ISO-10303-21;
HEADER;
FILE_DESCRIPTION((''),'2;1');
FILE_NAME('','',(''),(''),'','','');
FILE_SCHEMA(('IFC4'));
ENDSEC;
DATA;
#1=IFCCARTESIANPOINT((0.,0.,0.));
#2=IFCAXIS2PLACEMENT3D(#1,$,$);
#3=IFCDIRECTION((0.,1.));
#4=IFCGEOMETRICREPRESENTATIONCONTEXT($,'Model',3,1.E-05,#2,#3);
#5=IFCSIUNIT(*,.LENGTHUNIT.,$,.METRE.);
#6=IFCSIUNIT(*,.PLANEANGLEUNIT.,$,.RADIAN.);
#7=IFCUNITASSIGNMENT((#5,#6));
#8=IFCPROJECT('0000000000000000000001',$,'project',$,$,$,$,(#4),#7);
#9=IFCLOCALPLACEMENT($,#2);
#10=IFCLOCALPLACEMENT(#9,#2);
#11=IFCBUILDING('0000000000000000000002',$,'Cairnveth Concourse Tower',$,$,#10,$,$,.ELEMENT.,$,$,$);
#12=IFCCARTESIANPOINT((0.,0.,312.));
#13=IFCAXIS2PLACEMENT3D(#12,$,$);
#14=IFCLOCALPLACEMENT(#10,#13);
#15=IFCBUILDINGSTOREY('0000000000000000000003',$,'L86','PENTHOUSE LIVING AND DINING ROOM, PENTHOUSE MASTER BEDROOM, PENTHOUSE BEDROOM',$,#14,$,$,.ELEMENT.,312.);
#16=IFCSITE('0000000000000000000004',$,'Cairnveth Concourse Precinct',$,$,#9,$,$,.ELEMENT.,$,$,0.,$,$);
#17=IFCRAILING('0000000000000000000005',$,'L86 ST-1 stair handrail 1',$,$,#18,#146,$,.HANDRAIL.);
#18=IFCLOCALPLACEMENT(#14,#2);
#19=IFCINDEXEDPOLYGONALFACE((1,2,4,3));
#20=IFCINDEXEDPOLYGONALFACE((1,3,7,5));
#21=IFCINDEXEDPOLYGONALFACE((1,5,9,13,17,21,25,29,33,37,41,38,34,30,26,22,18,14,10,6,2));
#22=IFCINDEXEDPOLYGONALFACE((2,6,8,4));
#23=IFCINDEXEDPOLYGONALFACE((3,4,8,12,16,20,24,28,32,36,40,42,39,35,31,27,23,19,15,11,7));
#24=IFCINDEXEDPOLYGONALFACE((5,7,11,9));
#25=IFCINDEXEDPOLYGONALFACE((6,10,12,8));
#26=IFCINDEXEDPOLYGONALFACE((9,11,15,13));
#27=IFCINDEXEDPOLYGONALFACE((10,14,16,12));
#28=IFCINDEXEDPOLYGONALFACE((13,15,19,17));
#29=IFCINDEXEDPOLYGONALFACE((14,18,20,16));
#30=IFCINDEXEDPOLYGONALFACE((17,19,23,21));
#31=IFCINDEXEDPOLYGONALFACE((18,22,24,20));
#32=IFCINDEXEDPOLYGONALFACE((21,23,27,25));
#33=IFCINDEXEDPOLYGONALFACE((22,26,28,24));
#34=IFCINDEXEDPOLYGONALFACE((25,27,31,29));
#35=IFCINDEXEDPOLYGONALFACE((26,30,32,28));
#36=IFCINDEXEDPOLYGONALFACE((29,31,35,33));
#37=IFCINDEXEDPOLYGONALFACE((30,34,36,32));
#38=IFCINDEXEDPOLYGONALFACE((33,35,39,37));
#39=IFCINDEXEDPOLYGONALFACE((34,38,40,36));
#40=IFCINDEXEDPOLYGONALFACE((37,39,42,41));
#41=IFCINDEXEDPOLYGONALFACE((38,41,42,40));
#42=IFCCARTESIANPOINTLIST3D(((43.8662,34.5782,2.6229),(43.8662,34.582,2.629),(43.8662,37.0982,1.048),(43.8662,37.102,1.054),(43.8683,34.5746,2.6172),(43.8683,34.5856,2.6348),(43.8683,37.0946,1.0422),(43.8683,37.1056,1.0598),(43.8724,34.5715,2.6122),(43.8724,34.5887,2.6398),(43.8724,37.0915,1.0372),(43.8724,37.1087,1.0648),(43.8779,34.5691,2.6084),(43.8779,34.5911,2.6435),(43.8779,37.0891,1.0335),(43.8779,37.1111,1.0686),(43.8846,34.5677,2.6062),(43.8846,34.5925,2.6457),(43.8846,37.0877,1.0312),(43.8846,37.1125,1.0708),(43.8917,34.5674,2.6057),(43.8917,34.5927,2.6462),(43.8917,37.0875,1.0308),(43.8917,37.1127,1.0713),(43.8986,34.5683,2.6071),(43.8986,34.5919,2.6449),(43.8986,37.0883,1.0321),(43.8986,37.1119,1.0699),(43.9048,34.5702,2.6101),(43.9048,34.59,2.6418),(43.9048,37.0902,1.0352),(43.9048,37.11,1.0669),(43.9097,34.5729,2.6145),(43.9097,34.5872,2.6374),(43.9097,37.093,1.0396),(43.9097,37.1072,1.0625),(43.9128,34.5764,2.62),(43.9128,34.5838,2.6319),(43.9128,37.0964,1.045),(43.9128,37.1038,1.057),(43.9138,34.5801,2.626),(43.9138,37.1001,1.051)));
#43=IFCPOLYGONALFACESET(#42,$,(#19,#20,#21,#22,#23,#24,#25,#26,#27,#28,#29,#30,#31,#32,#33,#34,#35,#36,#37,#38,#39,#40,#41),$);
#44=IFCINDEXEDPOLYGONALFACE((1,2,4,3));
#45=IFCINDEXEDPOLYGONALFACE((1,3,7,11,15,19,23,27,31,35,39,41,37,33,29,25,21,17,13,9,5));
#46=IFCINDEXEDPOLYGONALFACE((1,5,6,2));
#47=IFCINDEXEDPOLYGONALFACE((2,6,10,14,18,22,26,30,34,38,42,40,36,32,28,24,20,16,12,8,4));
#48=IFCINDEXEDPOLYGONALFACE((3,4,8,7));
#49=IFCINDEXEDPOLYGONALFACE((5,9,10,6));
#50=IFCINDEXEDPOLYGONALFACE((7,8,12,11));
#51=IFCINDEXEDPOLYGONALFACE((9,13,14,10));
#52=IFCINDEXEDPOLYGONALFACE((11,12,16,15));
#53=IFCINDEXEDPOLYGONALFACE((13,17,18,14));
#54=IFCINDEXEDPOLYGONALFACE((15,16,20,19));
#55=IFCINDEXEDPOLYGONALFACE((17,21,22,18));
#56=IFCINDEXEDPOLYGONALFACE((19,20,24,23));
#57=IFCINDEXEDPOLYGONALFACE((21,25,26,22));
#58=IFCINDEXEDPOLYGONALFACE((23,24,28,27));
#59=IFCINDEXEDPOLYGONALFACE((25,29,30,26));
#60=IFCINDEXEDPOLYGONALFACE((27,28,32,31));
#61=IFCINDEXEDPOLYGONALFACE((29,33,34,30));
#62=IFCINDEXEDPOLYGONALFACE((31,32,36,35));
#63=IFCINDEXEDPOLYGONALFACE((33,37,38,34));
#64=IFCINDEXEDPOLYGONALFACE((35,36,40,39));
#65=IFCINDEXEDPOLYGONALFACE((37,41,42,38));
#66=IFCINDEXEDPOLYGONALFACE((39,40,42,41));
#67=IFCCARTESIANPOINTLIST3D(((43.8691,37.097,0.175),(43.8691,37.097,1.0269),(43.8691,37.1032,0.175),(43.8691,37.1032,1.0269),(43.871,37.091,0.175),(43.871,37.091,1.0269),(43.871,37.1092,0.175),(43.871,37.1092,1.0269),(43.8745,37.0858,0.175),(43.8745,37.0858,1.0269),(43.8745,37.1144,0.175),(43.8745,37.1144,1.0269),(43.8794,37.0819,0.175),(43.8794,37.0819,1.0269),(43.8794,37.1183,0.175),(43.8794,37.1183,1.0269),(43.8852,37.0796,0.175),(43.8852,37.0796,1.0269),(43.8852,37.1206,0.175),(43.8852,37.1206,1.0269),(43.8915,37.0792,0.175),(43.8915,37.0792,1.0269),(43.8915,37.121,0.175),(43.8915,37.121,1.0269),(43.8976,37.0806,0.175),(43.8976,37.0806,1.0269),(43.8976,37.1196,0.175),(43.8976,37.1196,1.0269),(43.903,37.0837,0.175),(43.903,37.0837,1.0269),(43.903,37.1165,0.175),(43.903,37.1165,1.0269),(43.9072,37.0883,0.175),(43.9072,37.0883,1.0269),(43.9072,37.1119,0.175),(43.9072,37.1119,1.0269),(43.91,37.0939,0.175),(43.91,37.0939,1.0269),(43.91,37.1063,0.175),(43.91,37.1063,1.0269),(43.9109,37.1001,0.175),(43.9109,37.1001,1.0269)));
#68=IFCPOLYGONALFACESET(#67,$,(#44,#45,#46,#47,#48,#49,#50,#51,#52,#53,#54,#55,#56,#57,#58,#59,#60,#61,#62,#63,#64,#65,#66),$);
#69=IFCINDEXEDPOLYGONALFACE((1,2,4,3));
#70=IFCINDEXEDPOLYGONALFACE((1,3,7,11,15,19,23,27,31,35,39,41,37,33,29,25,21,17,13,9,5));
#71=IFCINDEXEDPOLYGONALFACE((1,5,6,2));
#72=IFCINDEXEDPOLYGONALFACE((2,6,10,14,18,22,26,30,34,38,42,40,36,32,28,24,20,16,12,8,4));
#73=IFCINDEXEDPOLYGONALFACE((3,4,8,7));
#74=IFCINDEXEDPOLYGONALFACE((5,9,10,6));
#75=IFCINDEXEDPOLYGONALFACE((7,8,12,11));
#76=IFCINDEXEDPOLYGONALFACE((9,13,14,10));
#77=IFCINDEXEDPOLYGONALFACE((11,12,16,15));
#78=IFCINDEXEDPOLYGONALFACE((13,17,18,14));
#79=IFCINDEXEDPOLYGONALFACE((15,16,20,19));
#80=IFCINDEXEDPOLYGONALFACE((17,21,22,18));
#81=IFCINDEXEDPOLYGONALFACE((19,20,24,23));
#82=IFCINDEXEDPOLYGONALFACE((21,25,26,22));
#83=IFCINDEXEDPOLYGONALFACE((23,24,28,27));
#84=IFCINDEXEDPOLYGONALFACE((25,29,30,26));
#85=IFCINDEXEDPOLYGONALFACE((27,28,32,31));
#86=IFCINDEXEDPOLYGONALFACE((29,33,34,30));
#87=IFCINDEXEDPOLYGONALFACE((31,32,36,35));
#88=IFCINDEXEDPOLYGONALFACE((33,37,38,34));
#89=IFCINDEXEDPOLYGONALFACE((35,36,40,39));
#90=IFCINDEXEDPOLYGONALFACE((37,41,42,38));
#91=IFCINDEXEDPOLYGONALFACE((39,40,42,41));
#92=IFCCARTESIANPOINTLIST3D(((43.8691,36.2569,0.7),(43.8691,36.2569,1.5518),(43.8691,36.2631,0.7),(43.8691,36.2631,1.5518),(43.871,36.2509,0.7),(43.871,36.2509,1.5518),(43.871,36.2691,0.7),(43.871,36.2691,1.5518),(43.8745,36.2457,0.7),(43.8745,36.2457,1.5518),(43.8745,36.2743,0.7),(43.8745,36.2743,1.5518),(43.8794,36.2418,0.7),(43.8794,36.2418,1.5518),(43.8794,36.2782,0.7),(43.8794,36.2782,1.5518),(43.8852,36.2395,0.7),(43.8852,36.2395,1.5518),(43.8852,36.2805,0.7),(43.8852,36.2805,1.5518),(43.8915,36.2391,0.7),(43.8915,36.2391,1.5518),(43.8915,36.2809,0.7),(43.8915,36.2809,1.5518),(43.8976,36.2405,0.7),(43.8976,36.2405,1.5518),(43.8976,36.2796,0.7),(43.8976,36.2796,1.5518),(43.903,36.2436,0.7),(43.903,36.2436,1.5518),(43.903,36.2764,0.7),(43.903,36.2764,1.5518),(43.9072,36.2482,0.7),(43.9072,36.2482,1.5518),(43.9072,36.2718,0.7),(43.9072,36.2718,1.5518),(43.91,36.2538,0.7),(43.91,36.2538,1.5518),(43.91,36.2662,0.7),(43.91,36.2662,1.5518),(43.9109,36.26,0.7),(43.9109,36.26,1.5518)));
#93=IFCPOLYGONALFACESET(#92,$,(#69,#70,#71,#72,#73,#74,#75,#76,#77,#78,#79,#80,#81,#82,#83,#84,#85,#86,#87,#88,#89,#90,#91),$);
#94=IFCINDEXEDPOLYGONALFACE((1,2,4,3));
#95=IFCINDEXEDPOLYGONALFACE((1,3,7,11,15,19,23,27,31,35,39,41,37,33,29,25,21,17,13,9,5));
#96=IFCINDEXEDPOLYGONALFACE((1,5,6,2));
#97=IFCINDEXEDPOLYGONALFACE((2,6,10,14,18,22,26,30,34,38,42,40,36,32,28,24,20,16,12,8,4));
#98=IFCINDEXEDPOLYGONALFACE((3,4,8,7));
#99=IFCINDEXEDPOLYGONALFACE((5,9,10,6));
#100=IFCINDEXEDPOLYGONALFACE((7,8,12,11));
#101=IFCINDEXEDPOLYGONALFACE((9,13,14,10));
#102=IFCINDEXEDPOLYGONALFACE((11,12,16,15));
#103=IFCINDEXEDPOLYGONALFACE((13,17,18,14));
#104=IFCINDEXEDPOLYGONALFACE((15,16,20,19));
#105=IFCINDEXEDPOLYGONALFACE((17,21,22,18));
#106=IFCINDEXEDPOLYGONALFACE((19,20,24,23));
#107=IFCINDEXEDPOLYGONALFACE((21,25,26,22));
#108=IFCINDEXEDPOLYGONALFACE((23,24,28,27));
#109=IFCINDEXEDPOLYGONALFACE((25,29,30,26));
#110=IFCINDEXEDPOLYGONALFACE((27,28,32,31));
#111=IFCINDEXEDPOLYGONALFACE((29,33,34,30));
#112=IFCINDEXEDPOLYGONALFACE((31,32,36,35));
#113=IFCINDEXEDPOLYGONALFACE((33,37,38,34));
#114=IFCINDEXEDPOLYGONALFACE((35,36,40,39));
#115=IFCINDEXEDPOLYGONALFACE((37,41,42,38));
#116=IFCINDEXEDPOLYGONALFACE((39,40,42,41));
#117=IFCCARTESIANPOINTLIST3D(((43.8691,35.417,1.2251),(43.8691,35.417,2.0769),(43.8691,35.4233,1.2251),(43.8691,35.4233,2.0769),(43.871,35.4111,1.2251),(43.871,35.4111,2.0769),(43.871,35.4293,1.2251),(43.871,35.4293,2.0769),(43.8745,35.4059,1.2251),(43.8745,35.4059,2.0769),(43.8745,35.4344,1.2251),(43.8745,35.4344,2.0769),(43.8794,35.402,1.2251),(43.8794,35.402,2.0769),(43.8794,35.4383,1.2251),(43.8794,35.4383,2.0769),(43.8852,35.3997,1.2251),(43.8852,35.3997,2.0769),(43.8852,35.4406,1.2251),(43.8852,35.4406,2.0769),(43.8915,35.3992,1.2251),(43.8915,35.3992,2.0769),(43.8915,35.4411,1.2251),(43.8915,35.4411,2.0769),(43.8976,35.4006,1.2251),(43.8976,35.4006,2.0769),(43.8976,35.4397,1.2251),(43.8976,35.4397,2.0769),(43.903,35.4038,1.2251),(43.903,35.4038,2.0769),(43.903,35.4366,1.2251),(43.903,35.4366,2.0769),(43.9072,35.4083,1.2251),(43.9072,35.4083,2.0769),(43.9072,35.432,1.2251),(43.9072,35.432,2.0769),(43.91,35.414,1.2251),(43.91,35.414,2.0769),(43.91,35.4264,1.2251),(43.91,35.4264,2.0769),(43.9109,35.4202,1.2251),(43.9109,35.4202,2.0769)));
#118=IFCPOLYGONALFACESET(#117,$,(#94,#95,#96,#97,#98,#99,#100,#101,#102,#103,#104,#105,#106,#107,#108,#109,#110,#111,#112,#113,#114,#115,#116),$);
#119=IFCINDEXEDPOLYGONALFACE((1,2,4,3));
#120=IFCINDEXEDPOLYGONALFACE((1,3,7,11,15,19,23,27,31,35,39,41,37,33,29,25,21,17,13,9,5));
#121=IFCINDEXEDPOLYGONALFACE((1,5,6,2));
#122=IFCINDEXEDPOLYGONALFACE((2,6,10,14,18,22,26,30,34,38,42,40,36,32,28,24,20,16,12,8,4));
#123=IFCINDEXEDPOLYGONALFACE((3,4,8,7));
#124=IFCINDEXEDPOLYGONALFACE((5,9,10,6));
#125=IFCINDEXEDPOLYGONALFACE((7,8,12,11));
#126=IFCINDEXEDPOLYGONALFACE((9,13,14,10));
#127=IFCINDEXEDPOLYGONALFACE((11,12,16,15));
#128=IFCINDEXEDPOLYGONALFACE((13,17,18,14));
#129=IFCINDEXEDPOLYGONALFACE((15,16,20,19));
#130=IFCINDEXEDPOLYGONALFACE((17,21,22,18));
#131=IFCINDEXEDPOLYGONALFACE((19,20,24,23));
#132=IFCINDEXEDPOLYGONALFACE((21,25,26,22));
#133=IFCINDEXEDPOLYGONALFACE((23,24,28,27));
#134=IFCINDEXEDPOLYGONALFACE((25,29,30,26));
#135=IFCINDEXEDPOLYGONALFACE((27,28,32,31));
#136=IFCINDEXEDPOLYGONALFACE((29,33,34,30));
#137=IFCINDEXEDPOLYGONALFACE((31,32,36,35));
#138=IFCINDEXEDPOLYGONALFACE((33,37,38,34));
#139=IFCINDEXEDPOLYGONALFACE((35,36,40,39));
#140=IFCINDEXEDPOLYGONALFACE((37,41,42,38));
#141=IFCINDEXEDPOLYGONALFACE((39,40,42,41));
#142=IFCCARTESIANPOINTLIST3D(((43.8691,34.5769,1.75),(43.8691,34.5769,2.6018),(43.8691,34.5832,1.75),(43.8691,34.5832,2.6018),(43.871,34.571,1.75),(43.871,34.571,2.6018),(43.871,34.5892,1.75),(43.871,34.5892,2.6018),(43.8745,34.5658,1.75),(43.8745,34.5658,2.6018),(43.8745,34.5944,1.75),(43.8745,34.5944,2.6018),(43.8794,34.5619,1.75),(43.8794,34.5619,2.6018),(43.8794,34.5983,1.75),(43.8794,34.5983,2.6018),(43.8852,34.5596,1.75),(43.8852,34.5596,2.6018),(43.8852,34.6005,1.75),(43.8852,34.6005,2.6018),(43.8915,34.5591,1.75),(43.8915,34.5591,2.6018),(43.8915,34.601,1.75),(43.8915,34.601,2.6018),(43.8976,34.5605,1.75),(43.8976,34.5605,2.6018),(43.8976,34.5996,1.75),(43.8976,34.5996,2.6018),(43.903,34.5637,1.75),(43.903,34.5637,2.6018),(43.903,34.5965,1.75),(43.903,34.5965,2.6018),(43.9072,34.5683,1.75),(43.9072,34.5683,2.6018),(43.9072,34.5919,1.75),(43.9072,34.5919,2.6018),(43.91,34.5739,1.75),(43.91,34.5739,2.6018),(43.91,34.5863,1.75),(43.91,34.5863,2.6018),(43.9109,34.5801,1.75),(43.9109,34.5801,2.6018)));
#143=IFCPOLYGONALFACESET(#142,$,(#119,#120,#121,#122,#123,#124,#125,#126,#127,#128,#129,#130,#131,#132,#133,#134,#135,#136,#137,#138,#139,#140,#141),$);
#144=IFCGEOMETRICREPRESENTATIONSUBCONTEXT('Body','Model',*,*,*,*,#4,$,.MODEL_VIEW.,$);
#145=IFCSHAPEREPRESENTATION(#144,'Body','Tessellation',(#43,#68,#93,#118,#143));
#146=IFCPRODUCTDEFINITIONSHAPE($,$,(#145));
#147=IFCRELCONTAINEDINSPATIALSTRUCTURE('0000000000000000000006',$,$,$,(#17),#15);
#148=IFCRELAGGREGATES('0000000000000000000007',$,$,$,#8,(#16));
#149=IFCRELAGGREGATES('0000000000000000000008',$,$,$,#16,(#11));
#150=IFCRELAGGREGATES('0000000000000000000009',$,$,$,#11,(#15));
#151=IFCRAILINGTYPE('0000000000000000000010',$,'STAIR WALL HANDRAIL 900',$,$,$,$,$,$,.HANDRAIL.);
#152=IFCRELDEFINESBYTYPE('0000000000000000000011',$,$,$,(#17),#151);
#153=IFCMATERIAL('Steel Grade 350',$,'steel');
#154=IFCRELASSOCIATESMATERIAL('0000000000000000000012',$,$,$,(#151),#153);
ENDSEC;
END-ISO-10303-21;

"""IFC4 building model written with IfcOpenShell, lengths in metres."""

from ifc_helpers import new_model, si_unit, direction, frame, origin, origin_2d, place, context, subcontext, project, spatial, circle, extrude, material, type_object, element, save


model = new_model("IFC4")

# Units and contexts
model_context = context("Model", 3, precision=1e-05, world=origin(), true_north=direction((0.0, 1.0)))
body_context = subcontext(model_context, "Body", "Model", "MODEL_VIEW")
ifc_project = project(units=[si_unit("LENGTHUNIT", "METRE"), si_unit("PLANEANGLEUNIT", "RADIAN")], contexts=[model_context])

# Site, building, storey
site_placement = place(None, origin())
site = spatial("IfcSite", under=ifc_project, at=site_placement, Name="Cairnveth Concourse Precinct", CompositionType="ELEMENT", RefElevation=0.0)
building_placement = place(site_placement, origin())
building = spatial("IfcBuilding", under=site, at=building_placement, Name="Cairnveth Concourse Tower", CompositionType="ELEMENT")
storey_placement = place(building_placement, frame((0.0, 0.0, 312.0)))
storey = spatial("IfcBuildingStorey", under=building, at=storey_placement, Name="L86", Description="PENTHOUSE LIVING AND DINING ROOM, PENTHOUSE MASTER BEDROOM, PENTHOUSE BEDROOM", CompositionType="ELEMENT", Elevation=312.0)

# Shared definitions
ifc_material_1 = material(Name="Steel Grade 350", Category="steel")

# Railing
railing_type_1 = type_object("IfcRailingType", Name="STAIR WALL HANDRAIL 900", PredefinedType="HANDRAIL", material=ifc_material_1)
railing_1_placement = place(storey_placement, frame((43.8899, 37.1001, 0.175)))
element("IfcRailing", 1, at=railing_1_placement, inside=storey, type_object=railing_type_1, Name="L86 ST-1 stair handrail 1", PredefinedType="HANDRAIL", context=body_context, shape_type="SweptSolid", body=[
    extrude(circle(Radius=0.0239, at=origin_2d()), frame((0.0, 0.0, 0.876), z_axis=(0.0, -0.848008, 0.529984), x_axis=(1.0, 0.0, 0.0)), (0.0, 0.0, 1.0), 2.9717),
    extrude(circle(Radius=0.021, at=origin_2d()), origin(), (0.0, 0.0, 1.0), 0.8518),
    extrude(circle(Radius=0.021, at=origin_2d()), frame((0.0, -0.8401, 0.5249)), (0.0, 0.0, 1.0), 0.8518),
    extrude(circle(Radius=0.021, at=origin_2d()), frame((0.0, -1.6799, 1.05)), (0.0, 0.0, 1.0), 0.8518),
    extrude(circle(Radius=0.021, at=origin_2d()), frame((0.0, -2.52, 1.575)), (0.0, 0.0, 1.0), 0.8518),
])

save(model, "model.ifc")
